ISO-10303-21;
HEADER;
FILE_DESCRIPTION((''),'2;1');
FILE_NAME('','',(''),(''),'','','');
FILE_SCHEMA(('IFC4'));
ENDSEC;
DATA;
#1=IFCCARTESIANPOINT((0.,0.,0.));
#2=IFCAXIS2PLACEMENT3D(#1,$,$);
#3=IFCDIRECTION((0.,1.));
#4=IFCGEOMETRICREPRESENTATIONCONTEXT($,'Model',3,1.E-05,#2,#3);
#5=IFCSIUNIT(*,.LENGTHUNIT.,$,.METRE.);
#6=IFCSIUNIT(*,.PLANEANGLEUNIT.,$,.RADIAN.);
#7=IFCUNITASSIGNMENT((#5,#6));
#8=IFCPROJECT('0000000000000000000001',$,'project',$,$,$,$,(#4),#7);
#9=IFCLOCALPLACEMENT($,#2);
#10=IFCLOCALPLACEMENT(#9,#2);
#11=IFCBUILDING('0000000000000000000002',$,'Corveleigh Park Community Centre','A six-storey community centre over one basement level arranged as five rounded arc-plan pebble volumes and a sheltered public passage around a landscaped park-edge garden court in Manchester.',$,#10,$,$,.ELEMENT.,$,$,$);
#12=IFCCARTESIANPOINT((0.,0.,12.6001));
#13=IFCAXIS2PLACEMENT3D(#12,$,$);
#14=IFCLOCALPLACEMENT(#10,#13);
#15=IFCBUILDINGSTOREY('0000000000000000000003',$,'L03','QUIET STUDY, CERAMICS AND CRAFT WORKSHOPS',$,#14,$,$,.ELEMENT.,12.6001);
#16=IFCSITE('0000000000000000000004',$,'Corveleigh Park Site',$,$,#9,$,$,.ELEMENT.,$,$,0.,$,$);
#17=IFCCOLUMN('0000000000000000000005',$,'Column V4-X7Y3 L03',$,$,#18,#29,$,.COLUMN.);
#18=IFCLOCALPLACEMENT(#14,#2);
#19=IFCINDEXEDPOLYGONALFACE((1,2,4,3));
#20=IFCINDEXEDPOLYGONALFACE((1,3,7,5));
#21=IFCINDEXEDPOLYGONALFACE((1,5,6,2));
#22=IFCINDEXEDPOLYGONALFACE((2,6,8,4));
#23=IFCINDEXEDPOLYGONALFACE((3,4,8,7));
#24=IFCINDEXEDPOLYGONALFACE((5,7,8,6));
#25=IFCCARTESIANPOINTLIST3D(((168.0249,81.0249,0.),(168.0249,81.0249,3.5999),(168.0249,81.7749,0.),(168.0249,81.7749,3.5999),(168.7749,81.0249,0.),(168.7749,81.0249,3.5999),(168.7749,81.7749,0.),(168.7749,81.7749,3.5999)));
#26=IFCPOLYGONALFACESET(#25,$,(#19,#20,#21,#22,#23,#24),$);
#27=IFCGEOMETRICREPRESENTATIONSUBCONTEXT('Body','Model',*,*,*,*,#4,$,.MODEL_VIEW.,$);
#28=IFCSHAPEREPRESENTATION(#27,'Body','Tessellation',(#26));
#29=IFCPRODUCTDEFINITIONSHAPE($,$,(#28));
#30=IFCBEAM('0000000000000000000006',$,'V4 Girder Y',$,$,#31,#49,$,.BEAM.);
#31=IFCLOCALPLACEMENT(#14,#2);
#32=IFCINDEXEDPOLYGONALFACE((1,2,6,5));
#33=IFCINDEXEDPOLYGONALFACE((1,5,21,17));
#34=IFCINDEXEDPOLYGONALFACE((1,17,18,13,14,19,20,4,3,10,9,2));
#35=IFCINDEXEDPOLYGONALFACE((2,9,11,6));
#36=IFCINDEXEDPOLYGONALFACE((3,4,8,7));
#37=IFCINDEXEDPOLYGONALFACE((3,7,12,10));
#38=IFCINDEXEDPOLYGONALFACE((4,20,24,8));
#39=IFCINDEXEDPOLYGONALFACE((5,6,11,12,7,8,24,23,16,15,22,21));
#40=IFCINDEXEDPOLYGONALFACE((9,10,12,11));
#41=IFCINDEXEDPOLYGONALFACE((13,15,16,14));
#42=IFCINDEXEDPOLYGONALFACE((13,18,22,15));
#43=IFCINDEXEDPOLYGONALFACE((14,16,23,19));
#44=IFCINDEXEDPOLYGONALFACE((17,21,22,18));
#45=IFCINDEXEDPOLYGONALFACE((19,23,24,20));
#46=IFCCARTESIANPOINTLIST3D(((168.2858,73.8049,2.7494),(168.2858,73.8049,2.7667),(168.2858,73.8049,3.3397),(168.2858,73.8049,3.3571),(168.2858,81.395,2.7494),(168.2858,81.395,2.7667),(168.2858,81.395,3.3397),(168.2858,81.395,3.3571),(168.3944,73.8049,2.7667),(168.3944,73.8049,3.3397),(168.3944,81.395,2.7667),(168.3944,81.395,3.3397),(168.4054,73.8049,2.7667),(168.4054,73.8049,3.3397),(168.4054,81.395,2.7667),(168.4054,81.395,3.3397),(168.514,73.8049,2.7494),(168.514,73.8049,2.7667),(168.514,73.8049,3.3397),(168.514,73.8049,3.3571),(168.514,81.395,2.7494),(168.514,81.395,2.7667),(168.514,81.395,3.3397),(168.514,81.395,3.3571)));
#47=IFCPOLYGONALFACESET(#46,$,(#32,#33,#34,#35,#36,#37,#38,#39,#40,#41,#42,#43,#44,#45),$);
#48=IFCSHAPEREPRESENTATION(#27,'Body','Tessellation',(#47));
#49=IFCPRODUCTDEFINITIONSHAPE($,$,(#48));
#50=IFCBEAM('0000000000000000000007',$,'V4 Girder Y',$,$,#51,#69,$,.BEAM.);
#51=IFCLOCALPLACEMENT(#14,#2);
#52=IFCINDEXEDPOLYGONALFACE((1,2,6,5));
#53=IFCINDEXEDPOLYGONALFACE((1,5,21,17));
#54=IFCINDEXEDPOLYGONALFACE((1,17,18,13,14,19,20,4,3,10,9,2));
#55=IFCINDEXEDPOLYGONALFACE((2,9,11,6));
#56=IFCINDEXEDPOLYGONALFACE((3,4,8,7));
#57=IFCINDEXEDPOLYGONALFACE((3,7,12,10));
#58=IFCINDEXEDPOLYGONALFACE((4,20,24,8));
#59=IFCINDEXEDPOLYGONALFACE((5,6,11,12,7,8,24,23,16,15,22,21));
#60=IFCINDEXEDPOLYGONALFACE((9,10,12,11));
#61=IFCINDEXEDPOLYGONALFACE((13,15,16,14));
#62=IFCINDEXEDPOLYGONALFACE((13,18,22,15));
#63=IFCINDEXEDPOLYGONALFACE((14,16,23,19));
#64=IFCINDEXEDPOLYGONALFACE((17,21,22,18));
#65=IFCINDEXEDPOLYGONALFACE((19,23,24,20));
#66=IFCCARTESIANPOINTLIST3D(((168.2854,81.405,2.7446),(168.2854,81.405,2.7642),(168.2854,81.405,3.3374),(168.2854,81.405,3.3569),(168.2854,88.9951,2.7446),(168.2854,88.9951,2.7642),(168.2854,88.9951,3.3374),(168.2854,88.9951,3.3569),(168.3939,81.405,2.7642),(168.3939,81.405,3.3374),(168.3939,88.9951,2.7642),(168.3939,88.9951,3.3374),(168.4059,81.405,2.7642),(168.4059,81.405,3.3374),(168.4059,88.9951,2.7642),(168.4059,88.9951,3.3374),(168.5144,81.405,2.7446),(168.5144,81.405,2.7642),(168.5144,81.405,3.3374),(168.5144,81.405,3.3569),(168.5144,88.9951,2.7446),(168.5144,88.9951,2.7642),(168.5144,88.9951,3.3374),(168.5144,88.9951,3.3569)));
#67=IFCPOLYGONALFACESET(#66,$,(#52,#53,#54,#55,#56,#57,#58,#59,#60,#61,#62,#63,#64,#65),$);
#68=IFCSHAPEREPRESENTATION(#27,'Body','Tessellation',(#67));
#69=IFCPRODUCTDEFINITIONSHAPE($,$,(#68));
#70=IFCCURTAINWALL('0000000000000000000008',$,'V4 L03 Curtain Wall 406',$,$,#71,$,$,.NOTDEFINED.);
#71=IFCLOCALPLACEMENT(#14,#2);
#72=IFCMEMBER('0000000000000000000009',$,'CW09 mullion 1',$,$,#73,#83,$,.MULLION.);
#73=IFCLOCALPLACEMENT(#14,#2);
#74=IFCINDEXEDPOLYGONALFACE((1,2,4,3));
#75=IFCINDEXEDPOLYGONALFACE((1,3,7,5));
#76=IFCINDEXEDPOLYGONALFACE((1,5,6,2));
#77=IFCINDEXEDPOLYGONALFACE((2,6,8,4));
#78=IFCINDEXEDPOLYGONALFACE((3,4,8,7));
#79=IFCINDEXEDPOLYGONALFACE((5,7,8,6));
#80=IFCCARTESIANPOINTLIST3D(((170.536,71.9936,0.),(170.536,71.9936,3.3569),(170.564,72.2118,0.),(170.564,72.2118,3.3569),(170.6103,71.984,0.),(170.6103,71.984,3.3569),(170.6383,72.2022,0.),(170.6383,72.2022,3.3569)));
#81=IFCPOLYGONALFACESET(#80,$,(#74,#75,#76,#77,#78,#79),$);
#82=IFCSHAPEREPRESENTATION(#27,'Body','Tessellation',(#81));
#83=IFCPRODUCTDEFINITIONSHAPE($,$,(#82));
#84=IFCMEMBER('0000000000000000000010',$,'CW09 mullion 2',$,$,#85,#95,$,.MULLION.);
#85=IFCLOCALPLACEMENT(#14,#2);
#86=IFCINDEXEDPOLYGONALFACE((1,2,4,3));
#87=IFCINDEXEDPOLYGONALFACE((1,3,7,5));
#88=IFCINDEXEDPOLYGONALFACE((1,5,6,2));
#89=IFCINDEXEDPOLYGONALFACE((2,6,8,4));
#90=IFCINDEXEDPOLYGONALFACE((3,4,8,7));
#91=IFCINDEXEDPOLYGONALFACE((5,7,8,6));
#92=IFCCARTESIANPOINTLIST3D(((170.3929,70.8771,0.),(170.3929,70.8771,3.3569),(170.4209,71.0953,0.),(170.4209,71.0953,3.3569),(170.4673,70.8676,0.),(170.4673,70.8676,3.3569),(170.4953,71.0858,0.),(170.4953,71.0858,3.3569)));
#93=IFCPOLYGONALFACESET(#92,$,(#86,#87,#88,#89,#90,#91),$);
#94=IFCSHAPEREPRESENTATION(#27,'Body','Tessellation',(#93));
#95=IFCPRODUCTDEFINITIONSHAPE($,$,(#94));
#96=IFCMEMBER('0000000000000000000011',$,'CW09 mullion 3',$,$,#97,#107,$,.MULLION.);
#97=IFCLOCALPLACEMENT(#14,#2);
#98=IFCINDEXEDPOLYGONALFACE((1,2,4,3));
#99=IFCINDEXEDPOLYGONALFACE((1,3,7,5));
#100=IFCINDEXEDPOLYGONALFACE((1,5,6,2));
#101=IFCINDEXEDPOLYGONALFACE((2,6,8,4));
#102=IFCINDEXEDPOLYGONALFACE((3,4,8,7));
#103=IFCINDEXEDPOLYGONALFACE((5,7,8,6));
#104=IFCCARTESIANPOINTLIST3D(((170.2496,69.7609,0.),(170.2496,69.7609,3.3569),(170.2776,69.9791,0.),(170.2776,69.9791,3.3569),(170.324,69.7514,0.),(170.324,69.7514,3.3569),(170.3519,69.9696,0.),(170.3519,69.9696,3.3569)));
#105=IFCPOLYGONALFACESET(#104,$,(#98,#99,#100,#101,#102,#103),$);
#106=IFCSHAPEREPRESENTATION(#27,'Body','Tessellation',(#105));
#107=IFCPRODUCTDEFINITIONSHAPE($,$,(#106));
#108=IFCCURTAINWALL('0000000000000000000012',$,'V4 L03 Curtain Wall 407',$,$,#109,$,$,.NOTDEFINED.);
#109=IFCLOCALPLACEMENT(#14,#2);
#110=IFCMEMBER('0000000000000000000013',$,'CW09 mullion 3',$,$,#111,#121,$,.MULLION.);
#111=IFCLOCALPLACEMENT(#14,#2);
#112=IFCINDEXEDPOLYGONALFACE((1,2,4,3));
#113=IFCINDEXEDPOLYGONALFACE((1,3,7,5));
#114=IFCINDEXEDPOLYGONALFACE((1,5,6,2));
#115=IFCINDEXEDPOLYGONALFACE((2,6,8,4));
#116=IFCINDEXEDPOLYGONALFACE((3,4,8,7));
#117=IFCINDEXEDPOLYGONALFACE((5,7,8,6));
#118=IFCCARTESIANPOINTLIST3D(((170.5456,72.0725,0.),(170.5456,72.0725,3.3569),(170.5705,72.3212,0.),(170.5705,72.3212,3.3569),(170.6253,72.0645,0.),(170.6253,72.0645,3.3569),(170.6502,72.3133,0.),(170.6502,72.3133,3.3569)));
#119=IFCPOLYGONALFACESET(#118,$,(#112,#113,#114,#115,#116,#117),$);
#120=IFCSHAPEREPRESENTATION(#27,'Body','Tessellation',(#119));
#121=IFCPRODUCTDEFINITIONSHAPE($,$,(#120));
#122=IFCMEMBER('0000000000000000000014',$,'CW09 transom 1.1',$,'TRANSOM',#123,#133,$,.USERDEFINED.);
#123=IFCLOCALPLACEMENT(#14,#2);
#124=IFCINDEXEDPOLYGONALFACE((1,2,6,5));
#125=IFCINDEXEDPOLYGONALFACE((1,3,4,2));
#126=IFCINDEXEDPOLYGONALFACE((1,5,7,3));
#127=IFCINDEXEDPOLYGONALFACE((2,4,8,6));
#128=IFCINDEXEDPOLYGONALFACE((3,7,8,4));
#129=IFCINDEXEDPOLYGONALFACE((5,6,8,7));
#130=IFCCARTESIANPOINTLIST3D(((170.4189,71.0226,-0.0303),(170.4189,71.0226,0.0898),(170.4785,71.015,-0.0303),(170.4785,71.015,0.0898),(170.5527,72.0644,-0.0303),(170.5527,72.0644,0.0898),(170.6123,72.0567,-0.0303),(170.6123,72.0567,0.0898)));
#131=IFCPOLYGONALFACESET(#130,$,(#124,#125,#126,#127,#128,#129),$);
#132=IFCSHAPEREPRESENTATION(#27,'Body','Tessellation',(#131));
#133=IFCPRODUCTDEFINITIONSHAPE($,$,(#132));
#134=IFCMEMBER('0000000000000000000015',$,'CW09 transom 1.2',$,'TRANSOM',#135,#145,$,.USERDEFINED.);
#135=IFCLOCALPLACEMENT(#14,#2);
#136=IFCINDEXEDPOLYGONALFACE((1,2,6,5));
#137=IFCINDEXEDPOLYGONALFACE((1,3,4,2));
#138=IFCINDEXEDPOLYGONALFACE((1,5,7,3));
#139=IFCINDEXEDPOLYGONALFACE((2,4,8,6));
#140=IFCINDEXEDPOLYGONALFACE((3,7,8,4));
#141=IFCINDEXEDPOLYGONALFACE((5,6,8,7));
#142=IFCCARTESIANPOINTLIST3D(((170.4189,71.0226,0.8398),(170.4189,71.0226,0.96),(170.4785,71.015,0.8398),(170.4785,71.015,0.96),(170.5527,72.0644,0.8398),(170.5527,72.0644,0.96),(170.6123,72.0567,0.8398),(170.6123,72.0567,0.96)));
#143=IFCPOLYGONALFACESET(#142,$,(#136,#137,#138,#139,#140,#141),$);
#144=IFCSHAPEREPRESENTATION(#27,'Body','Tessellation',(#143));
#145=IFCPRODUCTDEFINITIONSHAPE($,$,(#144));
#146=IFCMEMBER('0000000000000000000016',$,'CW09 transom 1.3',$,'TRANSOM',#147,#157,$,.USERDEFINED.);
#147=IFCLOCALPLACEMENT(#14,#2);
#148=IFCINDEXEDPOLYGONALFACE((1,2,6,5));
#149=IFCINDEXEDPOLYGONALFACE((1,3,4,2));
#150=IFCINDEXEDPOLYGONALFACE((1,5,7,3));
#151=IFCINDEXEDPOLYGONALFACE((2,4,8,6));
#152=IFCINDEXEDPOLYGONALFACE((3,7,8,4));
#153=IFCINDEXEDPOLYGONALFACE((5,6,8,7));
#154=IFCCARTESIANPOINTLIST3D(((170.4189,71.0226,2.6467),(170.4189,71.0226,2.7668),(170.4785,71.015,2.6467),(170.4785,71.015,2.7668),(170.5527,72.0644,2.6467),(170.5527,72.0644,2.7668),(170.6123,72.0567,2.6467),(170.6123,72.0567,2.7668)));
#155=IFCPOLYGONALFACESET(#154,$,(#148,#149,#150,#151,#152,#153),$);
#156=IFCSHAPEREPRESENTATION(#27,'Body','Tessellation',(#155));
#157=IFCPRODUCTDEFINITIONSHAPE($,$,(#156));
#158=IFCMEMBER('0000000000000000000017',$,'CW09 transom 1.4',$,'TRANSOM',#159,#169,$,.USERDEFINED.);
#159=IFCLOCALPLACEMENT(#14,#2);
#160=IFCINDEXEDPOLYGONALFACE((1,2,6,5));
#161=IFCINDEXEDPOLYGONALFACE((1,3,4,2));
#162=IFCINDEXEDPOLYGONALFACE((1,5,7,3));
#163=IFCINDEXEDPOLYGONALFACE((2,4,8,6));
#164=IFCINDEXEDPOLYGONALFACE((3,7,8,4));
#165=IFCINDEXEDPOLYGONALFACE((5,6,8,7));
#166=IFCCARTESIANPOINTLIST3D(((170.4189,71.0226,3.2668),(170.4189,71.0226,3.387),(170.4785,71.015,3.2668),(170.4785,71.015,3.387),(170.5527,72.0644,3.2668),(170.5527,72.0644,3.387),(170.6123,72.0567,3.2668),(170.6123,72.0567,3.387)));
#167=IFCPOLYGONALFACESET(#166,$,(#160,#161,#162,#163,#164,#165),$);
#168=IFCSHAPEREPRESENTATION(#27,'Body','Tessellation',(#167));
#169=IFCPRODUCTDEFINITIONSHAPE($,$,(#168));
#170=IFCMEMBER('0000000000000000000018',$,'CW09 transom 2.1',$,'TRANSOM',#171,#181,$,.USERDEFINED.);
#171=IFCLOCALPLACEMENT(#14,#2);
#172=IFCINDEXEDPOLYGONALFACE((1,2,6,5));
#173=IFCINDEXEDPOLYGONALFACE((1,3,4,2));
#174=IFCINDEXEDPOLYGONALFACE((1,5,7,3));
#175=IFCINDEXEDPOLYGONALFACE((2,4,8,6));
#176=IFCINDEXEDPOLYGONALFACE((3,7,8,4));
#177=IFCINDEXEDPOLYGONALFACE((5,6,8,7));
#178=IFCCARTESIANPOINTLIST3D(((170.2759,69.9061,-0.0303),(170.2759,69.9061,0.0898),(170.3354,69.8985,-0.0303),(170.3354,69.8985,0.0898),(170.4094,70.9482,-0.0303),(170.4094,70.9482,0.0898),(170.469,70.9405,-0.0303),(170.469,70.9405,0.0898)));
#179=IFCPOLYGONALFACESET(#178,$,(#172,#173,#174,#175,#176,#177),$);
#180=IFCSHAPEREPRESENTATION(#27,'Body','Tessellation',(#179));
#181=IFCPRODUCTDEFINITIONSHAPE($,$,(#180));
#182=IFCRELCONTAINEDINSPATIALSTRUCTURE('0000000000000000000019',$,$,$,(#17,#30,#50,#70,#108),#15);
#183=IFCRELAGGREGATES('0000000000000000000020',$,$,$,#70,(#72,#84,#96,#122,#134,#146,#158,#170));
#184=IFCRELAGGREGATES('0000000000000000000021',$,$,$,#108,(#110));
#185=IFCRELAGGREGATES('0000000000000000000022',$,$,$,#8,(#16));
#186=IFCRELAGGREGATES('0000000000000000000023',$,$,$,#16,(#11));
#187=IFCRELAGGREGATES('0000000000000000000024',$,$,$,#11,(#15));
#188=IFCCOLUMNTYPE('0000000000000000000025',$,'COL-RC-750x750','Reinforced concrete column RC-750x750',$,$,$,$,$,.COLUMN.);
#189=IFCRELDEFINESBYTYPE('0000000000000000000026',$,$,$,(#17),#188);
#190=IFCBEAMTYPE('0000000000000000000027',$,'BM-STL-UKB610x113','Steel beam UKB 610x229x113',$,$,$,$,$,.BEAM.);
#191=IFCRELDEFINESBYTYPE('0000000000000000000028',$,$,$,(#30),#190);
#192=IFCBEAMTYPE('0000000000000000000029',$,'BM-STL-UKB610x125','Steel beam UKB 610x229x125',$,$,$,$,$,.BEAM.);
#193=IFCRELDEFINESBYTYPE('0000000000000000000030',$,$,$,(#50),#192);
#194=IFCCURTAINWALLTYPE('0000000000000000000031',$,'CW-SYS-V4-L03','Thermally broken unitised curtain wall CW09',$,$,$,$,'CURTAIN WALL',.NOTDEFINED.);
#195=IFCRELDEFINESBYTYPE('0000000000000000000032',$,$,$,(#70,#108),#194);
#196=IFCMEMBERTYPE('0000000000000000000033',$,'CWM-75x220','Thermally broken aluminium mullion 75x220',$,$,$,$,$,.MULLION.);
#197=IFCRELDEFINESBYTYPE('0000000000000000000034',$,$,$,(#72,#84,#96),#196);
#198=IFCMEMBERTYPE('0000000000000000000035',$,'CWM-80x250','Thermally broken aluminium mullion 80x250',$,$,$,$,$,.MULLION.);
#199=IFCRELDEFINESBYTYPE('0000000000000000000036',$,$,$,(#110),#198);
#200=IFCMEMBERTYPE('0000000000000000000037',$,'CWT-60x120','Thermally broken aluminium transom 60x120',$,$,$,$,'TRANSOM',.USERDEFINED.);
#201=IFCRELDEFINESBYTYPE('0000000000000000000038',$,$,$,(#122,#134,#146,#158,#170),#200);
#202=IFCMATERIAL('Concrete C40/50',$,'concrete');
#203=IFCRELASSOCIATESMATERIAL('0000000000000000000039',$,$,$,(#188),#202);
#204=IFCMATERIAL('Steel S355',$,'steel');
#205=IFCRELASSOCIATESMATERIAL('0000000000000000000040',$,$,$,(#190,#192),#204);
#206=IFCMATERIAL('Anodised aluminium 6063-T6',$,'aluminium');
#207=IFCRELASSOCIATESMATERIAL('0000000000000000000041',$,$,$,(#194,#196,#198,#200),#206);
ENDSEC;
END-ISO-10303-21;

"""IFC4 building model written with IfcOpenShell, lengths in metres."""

from ifc_helpers import new_model, si_unit, direction, frame, origin, origin_2d, place, context, subcontext, project, spatial, rectangle, i_section, extrude, material, material_profile, profile_set, type_object, element, aggregate, save


model = new_model("IFC4")

# Units and contexts
model_context = context("Model", 3, precision=1e-05, world=origin(), true_north=direction((0.0, 1.0)))
body_context = subcontext(model_context, "Body", "Model", "MODEL_VIEW")
ifc_project = project(units=[si_unit("LENGTHUNIT", "METRE"), si_unit("PLANEANGLEUNIT", "RADIAN")], contexts=[model_context])

# Site, building, storey
site_placement = place(None, origin())
site = spatial("IfcSite", under=ifc_project, at=site_placement, Name="Corveleigh Park Site", CompositionType="ELEMENT", RefElevation=0.0)
building_placement = place(site_placement, origin())
building = spatial("IfcBuilding", under=site, at=building_placement, Name="Corveleigh Park Community Centre", Description="A six-storey community centre over one basement level arranged as five rounded arc-plan pebble volumes and a sheltered public passage around a landscaped park-edge garden court in Manchester.", CompositionType="ELEMENT")
storey_placement = place(building_placement, frame((0.0, 0.0, 12.6001)))
storey = spatial("IfcBuildingStorey", under=building, at=storey_placement, Name="L03", Description="QUIET STUDY, CERAMICS AND CRAFT WORKSHOPS", CompositionType="ELEMENT", Elevation=12.6001)

# Column
ifc_material_1 = material(Name="Concrete C40/50", Category="concrete")
ifc_material_profile_1 = material_profile(ifc_material_1, rectangle(XDim=0.75, YDim=0.75, at=origin_2d()), Name="RC-750x750", Category="concrete")
ifc_profile_set_1 = profile_set([ifc_material_profile_1], Name="Concrete C40/50")
column_type = type_object("IfcColumnType", Name="COL-RC-750x750", Description="Reinforced concrete column RC-750x750", PredefinedType="COLUMN", material=ifc_profile_set_1)
column_placement = place(storey_placement, frame((168.3999, 81.3999, 0.0), z_axis=(0.0, 0.0, 1.0), x_axis=(1.0, 0.0, 0.0)))
element("IfcColumn", 1, at=column_placement, inside=storey, type_object=column_type, Name="Column V4-X7Y3 L03", PredefinedType="COLUMN", context=body_context, shape_type="SweptSolid", body=[
    extrude(rectangle(XDim=0.75, YDim=0.75, at=origin_2d()), origin(), (0.0, 0.0, 1.0), 3.5999),
])

# Beams
ifc_material_2 = material(Name="Steel S355", Category="steel")
ifc_material_profile_2 = material_profile(ifc_material_2, i_section(OverallWidth=0.2283, OverallDepth=0.6077, WebThickness=0.011, FlangeThickness=0.0173, at=origin_2d()), Name="UKB 610x229x113", Category="steel")
ifc_profile_set_2 = profile_set([ifc_material_profile_2], Name="Steel S355")
beam_type_1 = type_object("IfcBeamType", Name="BM-STL-UKB610x113", Description="Steel beam UKB 610x229x113", PredefinedType="BEAM", material=ifc_profile_set_2)
beam_1_placement = place(storey_placement, frame((168.3999, 73.8049, 3.0532), z_axis=(0.0, 1.0, 0.0), x_axis=(-1.0, 0.0, 0.0)))
element("IfcBeam", 2, at=beam_1_placement, inside=storey, type_object=beam_type_1, Name="V4 Girder Y", PredefinedType="BEAM", context=body_context, shape_type="SweptSolid", body=[
    extrude(i_section(OverallWidth=0.2283, OverallDepth=0.6077, WebThickness=0.011, FlangeThickness=0.0173, at=origin_2d()), origin(), (0.0, 0.0, 1.0), 7.5901),
])
ifc_material_profile_3 = material_profile(ifc_material_2, i_section(OverallWidth=0.229, OverallDepth=0.6123, WebThickness=0.012, FlangeThickness=0.0195, at=origin_2d()), Name="UKB 610x229x125", Category="steel")
ifc_profile_set_3 = profile_set([ifc_material_profile_3], Name="Steel S355")
beam_type_2 = type_object("IfcBeamType", Name="BM-STL-UKB610x125", Description="Steel beam UKB 610x229x125", PredefinedType="BEAM", material=ifc_profile_set_3)
beam_2_placement = place(storey_placement, frame((168.3999, 81.405, 3.0508), z_axis=(0.0, 1.0, 0.0), x_axis=(-1.0, 0.0, 0.0)))
element("IfcBeam", 3, at=beam_2_placement, inside=storey, type_object=beam_type_2, Name="V4 Girder Y", PredefinedType="BEAM", context=body_context, shape_type="SweptSolid", body=[
    extrude(i_section(OverallWidth=0.229, OverallDepth=0.6123, WebThickness=0.012, FlangeThickness=0.0195, at=origin_2d()), origin(), (0.0, 0.0, 1.0), 7.5901),
])

# Curtain wall, members
ifc_material_3 = material(Name="Anodised aluminium 6063-T6", Category="aluminium")
curtain_wall_type = type_object("IfcCurtainWallType", Name="CW-SYS-V4-L03", Description="Thermally broken unitised curtain wall CW09", ElementType="CURTAIN WALL", PredefinedType="NOTDEFINED", material=ifc_material_3)
curtain_wall_1_placement = place(storey_placement, origin())
curtain_wall_1 = element("IfcCurtainWall", 4, at=curtain_wall_1_placement, inside=storey, type_object=curtain_wall_type, Name="V4 L03 Curtain Wall 406", PredefinedType="NOTDEFINED")
ifc_material_profile_4 = material_profile(ifc_material_3, rectangle(XDim=0.075, YDim=0.22, at=origin_2d()), Name="ALU-M75x220", Category="aluminium")
ifc_profile_set_4 = profile_set([ifc_material_profile_4], Name="Anodised aluminium 6063-T6")
member_type_1 = type_object("IfcMemberType", Name="CWM-75x220", Description="Thermally broken aluminium mullion 75x220", PredefinedType="MULLION", material=ifc_profile_set_4)
member_1_placement = place(storey_placement, frame((170.5872, 72.0979, 0.0), z_axis=(0.0, 0.0, 1.0), x_axis=(0.991869, -0.127262, 0.0)))
member_1 = element("IfcMember", 5, at=member_1_placement, type_object=member_type_1, Name="CW09 mullion 1", PredefinedType="MULLION", context=body_context, shape_type="SweptSolid", body=[
    extrude(rectangle(XDim=0.075, YDim=0.22, at=origin_2d()), origin(), (0.0, 0.0, 1.0), 3.3569),
])
member_2_placement = place(storey_placement, frame((170.4441, 70.9814, 0.0), z_axis=(0.0, 0.0, 1.0), x_axis=(0.991869, -0.127262, 0.0)))
member_2 = element("IfcMember", 6, at=member_2_placement, type_object=member_type_1, Name="CW09 mullion 2", PredefinedType="MULLION", context=body_context, shape_type="SweptSolid", body=[
    extrude(rectangle(XDim=0.075, YDim=0.22, at=origin_2d()), origin(), (0.0, 0.0, 1.0), 3.3569),
])
member_3_placement = place(storey_placement, frame((170.3008, 69.8652, 0.0), z_axis=(0.0, 0.0, 1.0), x_axis=(0.991869, -0.127262, 0.0)))
member_3 = element("IfcMember", 7, at=member_3_placement, type_object=member_type_1, Name="CW09 mullion 3", PredefinedType="MULLION", context=body_context, shape_type="SweptSolid", body=[
    extrude(rectangle(XDim=0.075, YDim=0.22, at=origin_2d()), origin(), (0.0, 0.0, 1.0), 3.3569),
])

# Curtain wall, member
curtain_wall_2_placement = place(storey_placement, origin())
curtain_wall_2 = element("IfcCurtainWall", 8, at=curtain_wall_2_placement, inside=storey, type_object=curtain_wall_type, Name="V4 L03 Curtain Wall 407", PredefinedType="NOTDEFINED")
ifc_material_profile_5 = material_profile(ifc_material_3, rectangle(XDim=0.0801, YDim=0.25, at=origin_2d()), Name="ALU-M80x250", Category="aluminium")
ifc_profile_set_5 = profile_set([ifc_material_profile_5], Name="Anodised aluminium 6063-T6")
member_type_2 = type_object("IfcMemberType", Name="CWM-80x250", Description="Thermally broken aluminium mullion 80x250", PredefinedType="MULLION", material=ifc_profile_set_5)
member_4_placement = place(storey_placement, frame((170.5979, 72.1929, 0.0), z_axis=(0.0, 0.0, 1.0), x_axis=(0.995058, -0.099291, 0.0)))
member_4 = element("IfcMember", 9, at=member_4_placement, type_object=member_type_2, Name="CW09 mullion 3", PredefinedType="MULLION", context=body_context, shape_type="SweptSolid", body=[
    extrude(rectangle(XDim=0.0801, YDim=0.25, at=origin_2d()), origin(), (0.0, 0.0, 1.0), 3.3569),
])

# Members
ifc_material_profile_6 = material_profile(ifc_material_3, rectangle(XDim=0.0601, YDim=0.1201, at=origin_2d()), Name="ALU-T60x120", Category="aluminium")
ifc_profile_set_6 = profile_set([ifc_material_profile_6], Name="Anodised aluminium 6063-T6")
member_type_3 = type_object("IfcMemberType", Name="CWT-60x120", Description="Thermally broken aluminium transom 60x120", ElementType="TRANSOM", PredefinedType="USERDEFINED", material=ifc_profile_set_6)
member_5_placement = place(storey_placement, frame((170.5825, 72.0605, 0.0298), z_axis=(-0.127381, -0.991854, 0.0), x_axis=(0.991854, -0.127381, 0.0)))
member_5 = element("IfcMember", 10, at=member_5_placement, type_object=member_type_3, Name="CW09 transom 1.1", ObjectType="TRANSOM", PredefinedType="USERDEFINED", context=body_context, shape_type="SweptSolid", body=[
    extrude(rectangle(XDim=0.0601, YDim=0.1201, at=origin_2d()), origin(), (0.0, 0.0, 1.0), 1.0503),
])
member_6_placement = place(storey_placement, frame((170.5825, 72.0605, 0.8999), z_axis=(-0.127381, -0.991854, 0.0), x_axis=(0.991854, -0.127381, 0.0)))
member_6 = element("IfcMember", 11, at=member_6_placement, type_object=member_type_3, Name="CW09 transom 1.2", ObjectType="TRANSOM", PredefinedType="USERDEFINED", context=body_context, shape_type="SweptSolid", body=[
    extrude(rectangle(XDim=0.0601, YDim=0.1201, at=origin_2d()), origin(), (0.0, 0.0, 1.0), 1.0503),
])
member_7_placement = place(storey_placement, frame((170.5825, 72.0605, 2.7068), z_axis=(-0.127381, -0.991854, 0.0), x_axis=(0.991854, -0.127381, 0.0)))
member_7 = element("IfcMember", 12, at=member_7_placement, type_object=member_type_3, Name="CW09 transom 1.3", ObjectType="TRANSOM", PredefinedType="USERDEFINED", context=body_context, shape_type="SweptSolid", body=[
    extrude(rectangle(XDim=0.0601, YDim=0.1201, at=origin_2d()), origin(), (0.0, 0.0, 1.0), 1.0503),
])
member_8_placement = place(storey_placement, frame((170.5825, 72.0605, 3.3269), z_axis=(-0.127381, -0.991854, 0.0), x_axis=(0.991854, -0.127381, 0.0)))
member_8 = element("IfcMember", 13, at=member_8_placement, type_object=member_type_3, Name="CW09 transom 1.4", ObjectType="TRANSOM", PredefinedType="USERDEFINED", context=body_context, shape_type="SweptSolid", body=[
    extrude(rectangle(XDim=0.0601, YDim=0.1201, at=origin_2d()), origin(), (0.0, 0.0, 1.0), 1.0503),
])
member_9_placement = place(storey_placement, frame((170.4392, 70.9443, 0.0298), z_axis=(-0.127123, -0.991887, 0.0), x_axis=(0.991887, -0.127123, 0.0)))
member_9 = element("IfcMember", 14, at=member_9_placement, type_object=member_type_3, Name="CW09 transom 2.1", ObjectType="TRANSOM", PredefinedType="USERDEFINED", context=body_context, shape_type="SweptSolid", body=[
    extrude(rectangle(XDim=0.0601, YDim=0.1201, at=origin_2d()), origin(), (0.0, 0.0, 1.0), 1.0505),
])

aggregate(curtain_wall_1, [member_1, member_2, member_3, member_5, member_6, member_7, member_8, member_9])
aggregate(curtain_wall_2, [member_4])

save(model, "model.ifc")
